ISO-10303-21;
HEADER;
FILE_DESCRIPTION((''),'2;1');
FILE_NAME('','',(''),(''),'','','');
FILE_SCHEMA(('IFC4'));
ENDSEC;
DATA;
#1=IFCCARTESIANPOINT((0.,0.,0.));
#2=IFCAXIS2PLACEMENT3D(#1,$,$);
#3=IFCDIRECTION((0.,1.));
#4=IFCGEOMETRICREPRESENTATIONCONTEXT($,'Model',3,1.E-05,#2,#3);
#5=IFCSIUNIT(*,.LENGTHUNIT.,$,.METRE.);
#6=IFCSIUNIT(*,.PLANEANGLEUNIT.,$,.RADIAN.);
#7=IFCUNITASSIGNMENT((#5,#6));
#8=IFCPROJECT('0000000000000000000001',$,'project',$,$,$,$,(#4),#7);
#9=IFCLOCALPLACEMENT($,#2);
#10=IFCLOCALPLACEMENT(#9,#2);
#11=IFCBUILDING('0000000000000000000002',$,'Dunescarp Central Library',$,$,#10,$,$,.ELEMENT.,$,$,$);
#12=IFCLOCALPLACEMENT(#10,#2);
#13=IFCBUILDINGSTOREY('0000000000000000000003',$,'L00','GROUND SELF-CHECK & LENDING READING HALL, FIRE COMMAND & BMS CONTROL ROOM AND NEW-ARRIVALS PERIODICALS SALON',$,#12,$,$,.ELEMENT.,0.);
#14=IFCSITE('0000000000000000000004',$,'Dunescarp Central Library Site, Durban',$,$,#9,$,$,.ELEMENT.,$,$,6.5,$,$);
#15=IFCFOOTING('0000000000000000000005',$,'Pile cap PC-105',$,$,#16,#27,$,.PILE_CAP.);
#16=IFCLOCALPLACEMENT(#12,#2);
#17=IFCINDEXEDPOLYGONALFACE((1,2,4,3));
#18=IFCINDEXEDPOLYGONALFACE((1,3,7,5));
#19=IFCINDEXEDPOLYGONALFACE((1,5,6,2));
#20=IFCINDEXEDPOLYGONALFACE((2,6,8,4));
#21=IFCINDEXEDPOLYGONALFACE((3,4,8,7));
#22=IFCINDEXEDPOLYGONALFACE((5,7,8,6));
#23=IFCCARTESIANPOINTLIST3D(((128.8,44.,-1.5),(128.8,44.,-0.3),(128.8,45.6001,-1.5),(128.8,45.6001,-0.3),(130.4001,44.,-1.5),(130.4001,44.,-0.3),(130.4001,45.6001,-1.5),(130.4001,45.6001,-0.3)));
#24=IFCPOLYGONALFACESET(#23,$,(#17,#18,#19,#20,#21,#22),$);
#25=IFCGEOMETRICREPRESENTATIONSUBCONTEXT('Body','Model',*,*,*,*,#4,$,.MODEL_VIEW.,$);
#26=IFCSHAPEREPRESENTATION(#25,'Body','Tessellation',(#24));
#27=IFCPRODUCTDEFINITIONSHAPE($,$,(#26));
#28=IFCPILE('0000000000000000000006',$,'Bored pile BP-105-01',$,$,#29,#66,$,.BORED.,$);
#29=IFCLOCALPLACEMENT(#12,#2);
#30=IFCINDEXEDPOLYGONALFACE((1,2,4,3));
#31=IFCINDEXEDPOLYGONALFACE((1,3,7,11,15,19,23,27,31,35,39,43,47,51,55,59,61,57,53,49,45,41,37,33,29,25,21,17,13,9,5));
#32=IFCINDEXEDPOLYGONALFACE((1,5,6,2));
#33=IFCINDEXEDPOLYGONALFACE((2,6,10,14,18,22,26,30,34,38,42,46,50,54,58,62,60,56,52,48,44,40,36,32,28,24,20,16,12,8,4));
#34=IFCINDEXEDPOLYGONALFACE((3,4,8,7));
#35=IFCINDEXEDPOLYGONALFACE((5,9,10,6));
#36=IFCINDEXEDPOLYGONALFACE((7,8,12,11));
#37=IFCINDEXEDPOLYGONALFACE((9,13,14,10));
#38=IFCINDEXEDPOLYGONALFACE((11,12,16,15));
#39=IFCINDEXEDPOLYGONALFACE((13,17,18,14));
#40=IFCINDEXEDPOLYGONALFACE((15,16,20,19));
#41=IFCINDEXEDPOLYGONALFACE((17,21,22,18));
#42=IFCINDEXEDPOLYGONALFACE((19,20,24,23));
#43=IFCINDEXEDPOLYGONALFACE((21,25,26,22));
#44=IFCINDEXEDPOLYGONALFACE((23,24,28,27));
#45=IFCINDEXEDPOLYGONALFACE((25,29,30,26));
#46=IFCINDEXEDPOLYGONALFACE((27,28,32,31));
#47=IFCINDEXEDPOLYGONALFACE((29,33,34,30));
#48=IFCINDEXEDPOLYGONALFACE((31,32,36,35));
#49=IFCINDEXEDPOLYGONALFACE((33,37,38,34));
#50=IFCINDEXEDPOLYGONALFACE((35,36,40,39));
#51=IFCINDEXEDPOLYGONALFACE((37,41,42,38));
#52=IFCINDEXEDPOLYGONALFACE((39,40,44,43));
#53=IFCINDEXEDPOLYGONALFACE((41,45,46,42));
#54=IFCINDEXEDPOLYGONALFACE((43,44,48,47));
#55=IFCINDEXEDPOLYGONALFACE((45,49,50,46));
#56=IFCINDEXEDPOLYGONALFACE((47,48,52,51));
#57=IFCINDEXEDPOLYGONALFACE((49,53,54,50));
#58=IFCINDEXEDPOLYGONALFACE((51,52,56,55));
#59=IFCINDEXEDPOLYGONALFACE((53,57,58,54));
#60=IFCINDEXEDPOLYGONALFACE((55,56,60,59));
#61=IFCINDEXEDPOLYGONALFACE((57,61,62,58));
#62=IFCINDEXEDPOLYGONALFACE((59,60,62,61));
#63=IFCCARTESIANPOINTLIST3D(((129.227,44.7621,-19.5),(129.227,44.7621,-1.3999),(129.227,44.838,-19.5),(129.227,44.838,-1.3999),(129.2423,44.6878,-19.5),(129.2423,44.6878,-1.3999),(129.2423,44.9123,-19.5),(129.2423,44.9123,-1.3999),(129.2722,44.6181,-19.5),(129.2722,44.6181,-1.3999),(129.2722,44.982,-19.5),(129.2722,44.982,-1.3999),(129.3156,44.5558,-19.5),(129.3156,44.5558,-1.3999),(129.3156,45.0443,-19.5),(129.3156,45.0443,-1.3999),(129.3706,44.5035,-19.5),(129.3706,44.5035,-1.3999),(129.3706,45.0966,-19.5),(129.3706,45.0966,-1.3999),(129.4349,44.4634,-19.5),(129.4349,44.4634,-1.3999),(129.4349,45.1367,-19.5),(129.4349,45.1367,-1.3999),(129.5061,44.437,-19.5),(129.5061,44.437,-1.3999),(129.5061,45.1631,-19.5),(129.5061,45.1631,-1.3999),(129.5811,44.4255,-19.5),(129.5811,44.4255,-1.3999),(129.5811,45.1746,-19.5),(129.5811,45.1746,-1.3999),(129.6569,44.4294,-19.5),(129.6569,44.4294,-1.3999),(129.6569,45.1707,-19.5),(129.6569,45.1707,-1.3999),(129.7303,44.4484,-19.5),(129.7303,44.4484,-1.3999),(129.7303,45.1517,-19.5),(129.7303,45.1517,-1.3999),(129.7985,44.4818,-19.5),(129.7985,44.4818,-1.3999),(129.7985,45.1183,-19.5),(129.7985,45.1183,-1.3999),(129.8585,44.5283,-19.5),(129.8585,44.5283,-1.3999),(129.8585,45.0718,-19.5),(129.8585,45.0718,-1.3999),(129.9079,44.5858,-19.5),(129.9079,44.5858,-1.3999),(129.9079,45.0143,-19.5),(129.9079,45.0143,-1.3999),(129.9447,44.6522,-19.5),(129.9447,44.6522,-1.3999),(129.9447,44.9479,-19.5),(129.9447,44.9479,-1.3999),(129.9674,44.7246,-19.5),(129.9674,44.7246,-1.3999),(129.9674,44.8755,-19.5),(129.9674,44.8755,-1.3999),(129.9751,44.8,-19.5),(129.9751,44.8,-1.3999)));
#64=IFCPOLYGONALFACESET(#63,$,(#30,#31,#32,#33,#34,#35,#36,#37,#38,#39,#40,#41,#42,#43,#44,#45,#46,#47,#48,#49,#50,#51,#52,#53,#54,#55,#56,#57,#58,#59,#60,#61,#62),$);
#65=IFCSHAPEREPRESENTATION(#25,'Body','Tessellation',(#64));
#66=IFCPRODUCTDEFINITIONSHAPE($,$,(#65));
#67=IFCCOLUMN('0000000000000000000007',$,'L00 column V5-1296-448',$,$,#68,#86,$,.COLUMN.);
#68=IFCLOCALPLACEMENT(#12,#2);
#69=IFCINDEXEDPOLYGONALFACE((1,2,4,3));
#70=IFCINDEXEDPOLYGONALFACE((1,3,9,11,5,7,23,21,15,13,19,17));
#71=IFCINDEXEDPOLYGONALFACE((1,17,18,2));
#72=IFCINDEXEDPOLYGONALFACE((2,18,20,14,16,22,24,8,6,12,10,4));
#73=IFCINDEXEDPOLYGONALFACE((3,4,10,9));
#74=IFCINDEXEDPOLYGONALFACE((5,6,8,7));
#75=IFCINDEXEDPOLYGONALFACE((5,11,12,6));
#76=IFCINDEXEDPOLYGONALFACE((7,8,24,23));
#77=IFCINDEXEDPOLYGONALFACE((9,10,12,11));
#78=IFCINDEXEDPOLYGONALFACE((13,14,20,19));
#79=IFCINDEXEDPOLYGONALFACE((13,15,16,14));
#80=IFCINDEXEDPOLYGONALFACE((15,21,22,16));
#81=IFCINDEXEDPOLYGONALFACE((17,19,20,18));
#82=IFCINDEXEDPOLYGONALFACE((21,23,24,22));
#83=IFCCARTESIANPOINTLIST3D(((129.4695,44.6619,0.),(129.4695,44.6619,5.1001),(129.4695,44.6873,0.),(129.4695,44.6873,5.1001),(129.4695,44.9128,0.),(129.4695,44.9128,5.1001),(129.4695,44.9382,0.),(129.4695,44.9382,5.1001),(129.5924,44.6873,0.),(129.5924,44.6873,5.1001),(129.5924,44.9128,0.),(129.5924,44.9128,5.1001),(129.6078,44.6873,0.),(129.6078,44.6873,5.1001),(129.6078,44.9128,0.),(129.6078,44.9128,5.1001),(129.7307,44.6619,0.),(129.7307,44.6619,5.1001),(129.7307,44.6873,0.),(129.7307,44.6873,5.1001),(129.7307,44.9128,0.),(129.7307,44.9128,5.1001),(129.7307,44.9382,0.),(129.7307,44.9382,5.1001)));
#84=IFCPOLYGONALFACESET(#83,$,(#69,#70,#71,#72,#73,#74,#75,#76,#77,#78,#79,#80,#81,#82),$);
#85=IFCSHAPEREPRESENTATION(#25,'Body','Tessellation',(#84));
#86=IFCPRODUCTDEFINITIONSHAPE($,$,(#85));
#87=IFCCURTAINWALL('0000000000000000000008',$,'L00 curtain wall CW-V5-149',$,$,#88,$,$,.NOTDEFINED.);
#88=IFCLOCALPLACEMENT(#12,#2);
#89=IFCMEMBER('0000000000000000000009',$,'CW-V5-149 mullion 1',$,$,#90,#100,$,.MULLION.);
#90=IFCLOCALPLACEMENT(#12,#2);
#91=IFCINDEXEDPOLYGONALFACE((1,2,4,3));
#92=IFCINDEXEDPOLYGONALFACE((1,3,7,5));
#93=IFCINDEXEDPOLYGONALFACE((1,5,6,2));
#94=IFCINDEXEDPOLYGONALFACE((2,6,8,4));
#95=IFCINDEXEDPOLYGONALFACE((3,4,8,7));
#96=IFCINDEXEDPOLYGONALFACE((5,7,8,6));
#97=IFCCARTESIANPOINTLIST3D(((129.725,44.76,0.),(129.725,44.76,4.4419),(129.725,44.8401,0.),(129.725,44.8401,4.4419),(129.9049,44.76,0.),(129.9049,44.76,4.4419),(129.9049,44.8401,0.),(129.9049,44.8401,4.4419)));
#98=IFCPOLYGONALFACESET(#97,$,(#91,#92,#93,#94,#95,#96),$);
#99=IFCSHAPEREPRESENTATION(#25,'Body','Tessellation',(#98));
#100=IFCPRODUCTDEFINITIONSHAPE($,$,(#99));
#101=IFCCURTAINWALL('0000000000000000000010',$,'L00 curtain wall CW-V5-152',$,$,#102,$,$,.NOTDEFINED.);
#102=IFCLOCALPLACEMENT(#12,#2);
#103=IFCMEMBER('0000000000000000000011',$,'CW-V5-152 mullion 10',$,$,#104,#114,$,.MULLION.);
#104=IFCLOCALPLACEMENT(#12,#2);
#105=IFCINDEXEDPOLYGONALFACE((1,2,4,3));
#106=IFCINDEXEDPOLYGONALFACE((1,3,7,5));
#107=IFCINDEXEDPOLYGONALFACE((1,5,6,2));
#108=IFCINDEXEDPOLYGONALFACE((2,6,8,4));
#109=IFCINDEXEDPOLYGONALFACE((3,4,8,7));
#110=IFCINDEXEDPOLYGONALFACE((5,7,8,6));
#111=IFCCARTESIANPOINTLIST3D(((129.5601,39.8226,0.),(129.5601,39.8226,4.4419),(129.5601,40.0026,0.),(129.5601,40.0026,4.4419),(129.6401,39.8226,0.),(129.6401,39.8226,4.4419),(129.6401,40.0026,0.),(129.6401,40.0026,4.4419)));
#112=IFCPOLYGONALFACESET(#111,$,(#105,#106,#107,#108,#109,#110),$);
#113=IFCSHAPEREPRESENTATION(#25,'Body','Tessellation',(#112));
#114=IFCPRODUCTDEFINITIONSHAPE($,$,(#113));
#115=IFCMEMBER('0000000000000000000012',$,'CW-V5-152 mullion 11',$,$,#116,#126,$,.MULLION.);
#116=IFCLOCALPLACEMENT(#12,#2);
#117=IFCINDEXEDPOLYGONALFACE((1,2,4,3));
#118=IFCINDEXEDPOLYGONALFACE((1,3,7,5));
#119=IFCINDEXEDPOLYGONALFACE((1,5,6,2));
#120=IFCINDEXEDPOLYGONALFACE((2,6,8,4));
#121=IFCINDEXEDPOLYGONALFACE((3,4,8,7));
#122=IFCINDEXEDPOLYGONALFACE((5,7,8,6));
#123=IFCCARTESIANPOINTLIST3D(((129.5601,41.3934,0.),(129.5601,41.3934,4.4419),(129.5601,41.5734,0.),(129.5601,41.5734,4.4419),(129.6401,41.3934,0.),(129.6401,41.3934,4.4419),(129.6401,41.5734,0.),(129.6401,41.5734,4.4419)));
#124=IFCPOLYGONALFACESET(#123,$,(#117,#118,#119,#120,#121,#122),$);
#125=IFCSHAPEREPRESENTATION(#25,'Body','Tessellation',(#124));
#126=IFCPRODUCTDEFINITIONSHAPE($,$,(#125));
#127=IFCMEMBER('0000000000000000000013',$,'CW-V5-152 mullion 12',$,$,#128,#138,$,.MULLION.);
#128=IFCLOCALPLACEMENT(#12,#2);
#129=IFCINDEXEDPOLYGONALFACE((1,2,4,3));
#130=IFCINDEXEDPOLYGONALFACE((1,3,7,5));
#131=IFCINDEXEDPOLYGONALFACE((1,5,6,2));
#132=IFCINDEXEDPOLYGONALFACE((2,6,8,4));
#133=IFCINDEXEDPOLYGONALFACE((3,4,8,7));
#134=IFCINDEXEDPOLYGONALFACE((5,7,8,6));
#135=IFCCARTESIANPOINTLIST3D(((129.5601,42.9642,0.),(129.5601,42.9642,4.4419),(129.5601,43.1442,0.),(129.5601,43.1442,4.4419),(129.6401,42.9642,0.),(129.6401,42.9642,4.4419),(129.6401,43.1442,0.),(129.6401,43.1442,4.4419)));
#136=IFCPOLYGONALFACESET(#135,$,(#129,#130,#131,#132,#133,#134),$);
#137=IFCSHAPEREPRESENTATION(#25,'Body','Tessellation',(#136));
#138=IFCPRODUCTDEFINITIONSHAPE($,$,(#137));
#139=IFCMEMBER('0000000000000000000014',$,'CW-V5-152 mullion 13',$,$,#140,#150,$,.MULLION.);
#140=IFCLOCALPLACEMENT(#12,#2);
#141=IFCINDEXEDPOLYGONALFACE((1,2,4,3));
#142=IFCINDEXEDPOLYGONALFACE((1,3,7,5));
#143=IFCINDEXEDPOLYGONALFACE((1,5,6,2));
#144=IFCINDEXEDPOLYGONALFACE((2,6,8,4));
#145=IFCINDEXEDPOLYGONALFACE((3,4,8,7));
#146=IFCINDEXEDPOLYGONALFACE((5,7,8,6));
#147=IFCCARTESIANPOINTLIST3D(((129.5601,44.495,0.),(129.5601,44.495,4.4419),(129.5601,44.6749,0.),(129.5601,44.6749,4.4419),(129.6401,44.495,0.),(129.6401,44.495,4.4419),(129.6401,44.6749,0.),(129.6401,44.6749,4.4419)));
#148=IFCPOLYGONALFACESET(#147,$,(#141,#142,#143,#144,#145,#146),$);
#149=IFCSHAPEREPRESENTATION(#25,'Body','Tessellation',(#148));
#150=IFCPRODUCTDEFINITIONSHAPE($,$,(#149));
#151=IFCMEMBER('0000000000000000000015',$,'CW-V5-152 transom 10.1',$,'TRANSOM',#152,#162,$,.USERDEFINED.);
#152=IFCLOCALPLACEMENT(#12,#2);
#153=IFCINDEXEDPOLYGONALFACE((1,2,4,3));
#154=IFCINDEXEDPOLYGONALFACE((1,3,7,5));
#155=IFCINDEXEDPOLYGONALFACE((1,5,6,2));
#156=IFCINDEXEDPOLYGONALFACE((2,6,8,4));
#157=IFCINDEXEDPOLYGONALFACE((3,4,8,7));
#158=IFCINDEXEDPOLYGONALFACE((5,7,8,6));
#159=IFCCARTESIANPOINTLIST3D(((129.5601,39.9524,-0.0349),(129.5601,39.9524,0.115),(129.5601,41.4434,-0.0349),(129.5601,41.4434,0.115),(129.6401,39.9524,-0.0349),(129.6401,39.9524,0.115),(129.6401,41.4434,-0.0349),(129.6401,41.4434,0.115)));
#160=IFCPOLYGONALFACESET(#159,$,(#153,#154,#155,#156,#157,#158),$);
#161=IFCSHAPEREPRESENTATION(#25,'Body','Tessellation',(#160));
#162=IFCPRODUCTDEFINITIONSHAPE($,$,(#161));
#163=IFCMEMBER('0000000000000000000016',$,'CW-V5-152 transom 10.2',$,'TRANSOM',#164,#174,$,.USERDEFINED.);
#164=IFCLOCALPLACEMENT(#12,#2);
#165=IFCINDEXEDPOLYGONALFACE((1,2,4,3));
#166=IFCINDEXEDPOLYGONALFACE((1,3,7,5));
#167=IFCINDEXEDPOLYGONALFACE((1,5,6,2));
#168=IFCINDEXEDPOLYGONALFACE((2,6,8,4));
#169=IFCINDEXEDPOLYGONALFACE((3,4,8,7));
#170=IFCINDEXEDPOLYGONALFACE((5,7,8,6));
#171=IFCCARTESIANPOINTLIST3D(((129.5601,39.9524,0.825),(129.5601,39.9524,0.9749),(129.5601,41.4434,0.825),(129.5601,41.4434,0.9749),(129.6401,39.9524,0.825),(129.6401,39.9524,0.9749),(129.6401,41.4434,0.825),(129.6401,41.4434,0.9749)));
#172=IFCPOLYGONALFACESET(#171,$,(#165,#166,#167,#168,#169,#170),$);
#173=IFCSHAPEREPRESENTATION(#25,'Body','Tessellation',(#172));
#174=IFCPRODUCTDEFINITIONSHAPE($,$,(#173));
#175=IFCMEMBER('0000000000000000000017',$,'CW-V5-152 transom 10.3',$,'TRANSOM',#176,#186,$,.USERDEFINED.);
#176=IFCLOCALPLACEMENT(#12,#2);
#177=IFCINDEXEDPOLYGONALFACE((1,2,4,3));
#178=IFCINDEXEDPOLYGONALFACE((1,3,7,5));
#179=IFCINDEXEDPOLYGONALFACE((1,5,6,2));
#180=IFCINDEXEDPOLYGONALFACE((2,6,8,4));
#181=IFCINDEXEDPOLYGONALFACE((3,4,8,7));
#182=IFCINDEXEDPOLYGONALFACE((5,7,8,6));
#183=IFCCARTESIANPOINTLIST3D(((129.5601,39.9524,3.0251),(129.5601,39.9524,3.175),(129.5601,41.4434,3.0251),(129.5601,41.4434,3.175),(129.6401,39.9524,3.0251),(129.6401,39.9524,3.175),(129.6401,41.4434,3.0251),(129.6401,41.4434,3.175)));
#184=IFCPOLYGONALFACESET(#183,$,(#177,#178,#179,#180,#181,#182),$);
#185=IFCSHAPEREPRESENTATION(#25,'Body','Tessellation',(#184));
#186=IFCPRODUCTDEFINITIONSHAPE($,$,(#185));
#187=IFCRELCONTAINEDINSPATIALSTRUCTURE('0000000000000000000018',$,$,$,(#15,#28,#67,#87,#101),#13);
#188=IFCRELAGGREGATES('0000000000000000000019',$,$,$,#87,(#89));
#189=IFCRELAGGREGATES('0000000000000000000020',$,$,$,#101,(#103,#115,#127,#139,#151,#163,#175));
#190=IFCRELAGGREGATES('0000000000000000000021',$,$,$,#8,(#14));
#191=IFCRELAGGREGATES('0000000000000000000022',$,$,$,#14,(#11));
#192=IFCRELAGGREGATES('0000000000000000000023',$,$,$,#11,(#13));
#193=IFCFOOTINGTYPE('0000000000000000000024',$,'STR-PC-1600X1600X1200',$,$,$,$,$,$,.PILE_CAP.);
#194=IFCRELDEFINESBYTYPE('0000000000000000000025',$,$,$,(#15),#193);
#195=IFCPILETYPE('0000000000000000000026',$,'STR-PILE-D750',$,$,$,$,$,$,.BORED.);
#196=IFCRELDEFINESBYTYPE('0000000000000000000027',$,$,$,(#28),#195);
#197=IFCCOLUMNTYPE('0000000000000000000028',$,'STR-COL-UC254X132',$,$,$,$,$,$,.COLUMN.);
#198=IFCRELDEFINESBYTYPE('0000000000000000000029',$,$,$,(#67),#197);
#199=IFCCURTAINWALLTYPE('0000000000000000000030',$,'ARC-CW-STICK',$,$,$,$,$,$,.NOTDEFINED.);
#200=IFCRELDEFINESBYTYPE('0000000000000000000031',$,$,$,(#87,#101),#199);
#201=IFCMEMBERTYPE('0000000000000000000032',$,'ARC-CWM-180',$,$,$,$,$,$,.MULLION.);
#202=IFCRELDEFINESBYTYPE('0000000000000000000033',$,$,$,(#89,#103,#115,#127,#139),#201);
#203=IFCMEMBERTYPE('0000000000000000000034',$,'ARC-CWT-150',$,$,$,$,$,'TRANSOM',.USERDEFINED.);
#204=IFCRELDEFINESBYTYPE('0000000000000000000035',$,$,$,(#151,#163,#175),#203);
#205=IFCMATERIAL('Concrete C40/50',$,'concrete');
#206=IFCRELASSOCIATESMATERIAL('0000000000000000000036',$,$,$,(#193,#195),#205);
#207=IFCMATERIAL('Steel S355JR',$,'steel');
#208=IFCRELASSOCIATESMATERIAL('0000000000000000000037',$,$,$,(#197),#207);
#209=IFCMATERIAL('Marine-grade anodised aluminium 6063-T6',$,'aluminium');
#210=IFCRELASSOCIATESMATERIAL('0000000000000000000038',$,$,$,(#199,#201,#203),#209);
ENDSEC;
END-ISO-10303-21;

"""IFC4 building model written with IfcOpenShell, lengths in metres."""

from ifc_helpers import new_model, si_unit, direction, frame, origin, origin_2d, place, context, subcontext, project, spatial, rectangle, circle, i_section, extrude, material, material_profile, profile_set, type_object, element, aggregate, save


model = new_model("IFC4")

# Units and contexts
model_context = context("Model", 3, precision=1e-05, world=origin(), true_north=direction((0.0, 1.0)))
body_context = subcontext(model_context, "Body", "Model", "MODEL_VIEW")
ifc_project = project(units=[si_unit("LENGTHUNIT", "METRE"), si_unit("PLANEANGLEUNIT", "RADIAN")], contexts=[model_context])

# Site, building, storey
site_placement = place(None, origin())
site = spatial("IfcSite", under=ifc_project, at=site_placement, Name="Dunescarp Central Library Site, Durban", CompositionType="ELEMENT", RefElevation=6.5)
building_placement = place(site_placement, origin())
building = spatial("IfcBuilding", under=site, at=building_placement, Name="Dunescarp Central Library", CompositionType="ELEMENT")
storey_placement = place(building_placement, origin())
storey = spatial("IfcBuildingStorey", under=building, at=storey_placement, Name="L00", Description="GROUND SELF-CHECK & LENDING READING HALL, FIRE COMMAND & BMS CONTROL ROOM AND NEW-ARRIVALS PERIODICALS SALON", CompositionType="ELEMENT", Elevation=0.0)

# Footing
ifc_material_1 = material(Name="Concrete C40/50", Category="concrete")
footing_type = type_object("IfcFootingType", Name="STR-PC-1600X1600X1200", PredefinedType="PILE_CAP", material=ifc_material_1)
footing_placement = place(storey_placement, frame((129.6001, 44.8, -1.5), z_axis=(0.0, 0.0, 1.0), x_axis=(1.0, 0.0, 0.0)))
element("IfcFooting", 1, at=footing_placement, inside=storey, type_object=footing_type, Name="Pile cap PC-105", PredefinedType="PILE_CAP", context=body_context, shape_type="SweptSolid", body=[
    extrude(rectangle(XDim=1.6001, YDim=1.6001, at=origin_2d()), origin(), (0.0, 0.0, 1.0), 1.2),
])

# Pile
ifc_material_profile_1 = material_profile(ifc_material_1, circle(Radius=0.375, at=origin_2d()), Name="PILE D750")
ifc_profile_set_1 = profile_set([ifc_material_profile_1], Name="Concrete C40/50")
pile_type = type_object("IfcPileType", Name="STR-PILE-D750", PredefinedType="BORED", material=ifc_profile_set_1)
pile_placement = place(storey_placement, frame((129.6001, 44.8, -1.3999), z_axis=(0.0, 0.0, -1.0), x_axis=(1.0, 0.0, 0.0)))
element("IfcPile", 2, at=pile_placement, inside=storey, type_object=pile_type, Name="Bored pile BP-105-01", PredefinedType="BORED", context=body_context, shape_type="SweptSolid", body=[
    extrude(circle(Radius=0.375, at=origin_2d()), origin(), (0.0, 0.0, 1.0), 18.1001),
])

# Column
ifc_material_2 = material(Name="Steel S355JR", Category="steel")
ifc_material_profile_2 = material_profile(ifc_material_2, i_section(OverallWidth=0.2612, OverallDepth=0.2764, WebThickness=0.0154, FlangeThickness=0.0254, at=origin_2d()), Name="UC 254x254x132")
ifc_profile_set_2 = profile_set([ifc_material_profile_2], Name="Steel S355JR")
column_type = type_object("IfcColumnType", Name="STR-COL-UC254X132", PredefinedType="COLUMN", material=ifc_profile_set_2)
column_placement = place(storey_placement, frame((129.6001, 44.8, 0.0), z_axis=(0.0, 0.0, 1.0), x_axis=(1.0, 0.0, 0.0)))
element("IfcColumn", 3, at=column_placement, inside=storey, type_object=column_type, Name="L00 column V5-1296-448", PredefinedType="COLUMN", context=body_context, shape_type="SweptSolid", body=[
    extrude(i_section(OverallWidth=0.2612, OverallDepth=0.2764, WebThickness=0.0154, FlangeThickness=0.0254, at=origin_2d()), origin(), (0.0, 0.0, 1.0), 5.1001),
])

# Curtain wall, member
ifc_material_3 = material(Name="Marine-grade anodised aluminium 6063-T6", Category="aluminium")
curtain_wall_type = type_object("IfcCurtainWallType", Name="ARC-CW-STICK", PredefinedType="NOTDEFINED", material=ifc_material_3)
curtain_wall_1_placement = place(storey_placement, origin())
curtain_wall_1 = element("IfcCurtainWall", 4, at=curtain_wall_1_placement, inside=storey, type_object=curtain_wall_type, Name="L00 curtain wall CW-V5-149", PredefinedType="NOTDEFINED")
ifc_material_profile_3 = material_profile(ifc_material_3, rectangle(XDim=0.0801, YDim=0.1799, at=origin_2d()), Name="AL 80x180")
ifc_profile_set_3 = profile_set([ifc_material_profile_3], Name="Marine-grade anodised aluminium 6063-T6")
member_type_1 = type_object("IfcMemberType", Name="ARC-CWM-180", PredefinedType="MULLION", material=ifc_profile_set_3)
member_1_placement = place(storey_placement, frame((129.8149, 44.8, 0.0), z_axis=(0.0, 0.0, 1.0), x_axis=(0.0, 1.0, 0.0)))
member_1 = element("IfcMember", 5, at=member_1_placement, type_object=member_type_1, Name="CW-V5-149 mullion 1", PredefinedType="MULLION", context=body_context, shape_type="SweptSolid", body=[
    extrude(rectangle(XDim=0.0801, YDim=0.1799, at=origin_2d()), origin(), (0.0, 0.0, 1.0), 4.4419),
])
aggregate(curtain_wall_1, [member_1])

# Curtain wall, members
curtain_wall_2_placement = place(storey_placement, origin())
curtain_wall_2 = element("IfcCurtainWall", 6, at=curtain_wall_2_placement, inside=storey, type_object=curtain_wall_type, Name="L00 curtain wall CW-V5-152", PredefinedType="NOTDEFINED")
member_2_placement = place(storey_placement, frame((129.6001, 39.9126, 0.0), z_axis=(0.0, 0.0, 1.0), x_axis=(-1.0, 0.0, 0.0)))
member_2 = element("IfcMember", 7, at=member_2_placement, type_object=member_type_1, Name="CW-V5-152 mullion 10", PredefinedType="MULLION", context=body_context, shape_type="SweptSolid", body=[
    extrude(rectangle(XDim=0.0801, YDim=0.1799, at=origin_2d()), origin(), (0.0, 0.0, 1.0), 4.4419),
])
member_3_placement = place(storey_placement, frame((129.6001, 41.4834, 0.0), z_axis=(0.0, 0.0, 1.0), x_axis=(-1.0, 0.0, 0.0)))
member_3 = element("IfcMember", 8, at=member_3_placement, type_object=member_type_1, Name="CW-V5-152 mullion 11", PredefinedType="MULLION", context=body_context, shape_type="SweptSolid", body=[
    extrude(rectangle(XDim=0.0801, YDim=0.1799, at=origin_2d()), origin(), (0.0, 0.0, 1.0), 4.4419),
])
member_4_placement = place(storey_placement, frame((129.6001, 43.0542, 0.0), z_axis=(0.0, 0.0, 1.0), x_axis=(-1.0, 0.0, 0.0)))
member_4 = element("IfcMember", 9, at=member_4_placement, type_object=member_type_1, Name="CW-V5-152 mullion 12", PredefinedType="MULLION", context=body_context, shape_type="SweptSolid", body=[
    extrude(rectangle(XDim=0.0801, YDim=0.1799, at=origin_2d()), origin(), (0.0, 0.0, 1.0), 4.4419),
])
member_5_placement = place(storey_placement, frame((129.6001, 44.585, 0.0), z_axis=(0.0, 0.0, 1.0), x_axis=(-1.0, 0.0, 0.0)))
member_5 = element("IfcMember", 10, at=member_5_placement, type_object=member_type_1, Name="CW-V5-152 mullion 13", PredefinedType="MULLION", context=body_context, shape_type="SweptSolid", body=[
    extrude(rectangle(XDim=0.0801, YDim=0.1799, at=origin_2d()), origin(), (0.0, 0.0, 1.0), 4.4419),
])
ifc_material_profile_4 = material_profile(ifc_material_3, rectangle(XDim=0.0801, YDim=0.1499, at=origin_2d()), Name="AL 80x150")
ifc_profile_set_4 = profile_set([ifc_material_profile_4], Name="Marine-grade anodised aluminium 6063-T6")
member_type_2 = type_object("IfcMemberType", Name="ARC-CWT-150", ElementType="TRANSOM", PredefinedType="USERDEFINED", material=ifc_profile_set_4)
member_6_placement = place(storey_placement, frame((129.6001, 39.9524, 0.04), z_axis=(0.0, 1.0, 0.0), x_axis=(-1.0, 0.0, 0.0)))
member_6 = element("IfcMember", 11, at=member_6_placement, type_object=member_type_2, Name="CW-V5-152 transom 10.1", ObjectType="TRANSOM", PredefinedType="USERDEFINED", context=body_context, shape_type="SweptSolid", body=[
    extrude(rectangle(XDim=0.0801, YDim=0.1499, at=origin_2d()), origin(), (0.0, 0.0, 1.0), 1.491),
])
member_7_placement = place(storey_placement, frame((129.6001, 39.9524, 0.8999), z_axis=(0.0, 1.0, 0.0), x_axis=(-1.0, 0.0, 0.0)))
member_7 = element("IfcMember", 12, at=member_7_placement, type_object=member_type_2, Name="CW-V5-152 transom 10.2", ObjectType="TRANSOM", PredefinedType="USERDEFINED", context=body_context, shape_type="SweptSolid", body=[
    extrude(rectangle(XDim=0.0801, YDim=0.1499, at=origin_2d()), origin(), (0.0, 0.0, 1.0), 1.491),
])
member_8_placement = place(storey_placement, frame((129.6001, 39.9524, 3.1001), z_axis=(0.0, 1.0, 0.0), x_axis=(-1.0, 0.0, 0.0)))
member_8 = element("IfcMember", 13, at=member_8_placement, type_object=member_type_2, Name="CW-V5-152 transom 10.3", ObjectType="TRANSOM", PredefinedType="USERDEFINED", context=body_context, shape_type="SweptSolid", body=[
    extrude(rectangle(XDim=0.0801, YDim=0.1499, at=origin_2d()), origin(), (0.0, 0.0, 1.0), 1.491),
])
aggregate(curtain_wall_2, [member_2, member_3, member_4, member_5, member_6, member_7, member_8])

save(model, "model.ifc")
